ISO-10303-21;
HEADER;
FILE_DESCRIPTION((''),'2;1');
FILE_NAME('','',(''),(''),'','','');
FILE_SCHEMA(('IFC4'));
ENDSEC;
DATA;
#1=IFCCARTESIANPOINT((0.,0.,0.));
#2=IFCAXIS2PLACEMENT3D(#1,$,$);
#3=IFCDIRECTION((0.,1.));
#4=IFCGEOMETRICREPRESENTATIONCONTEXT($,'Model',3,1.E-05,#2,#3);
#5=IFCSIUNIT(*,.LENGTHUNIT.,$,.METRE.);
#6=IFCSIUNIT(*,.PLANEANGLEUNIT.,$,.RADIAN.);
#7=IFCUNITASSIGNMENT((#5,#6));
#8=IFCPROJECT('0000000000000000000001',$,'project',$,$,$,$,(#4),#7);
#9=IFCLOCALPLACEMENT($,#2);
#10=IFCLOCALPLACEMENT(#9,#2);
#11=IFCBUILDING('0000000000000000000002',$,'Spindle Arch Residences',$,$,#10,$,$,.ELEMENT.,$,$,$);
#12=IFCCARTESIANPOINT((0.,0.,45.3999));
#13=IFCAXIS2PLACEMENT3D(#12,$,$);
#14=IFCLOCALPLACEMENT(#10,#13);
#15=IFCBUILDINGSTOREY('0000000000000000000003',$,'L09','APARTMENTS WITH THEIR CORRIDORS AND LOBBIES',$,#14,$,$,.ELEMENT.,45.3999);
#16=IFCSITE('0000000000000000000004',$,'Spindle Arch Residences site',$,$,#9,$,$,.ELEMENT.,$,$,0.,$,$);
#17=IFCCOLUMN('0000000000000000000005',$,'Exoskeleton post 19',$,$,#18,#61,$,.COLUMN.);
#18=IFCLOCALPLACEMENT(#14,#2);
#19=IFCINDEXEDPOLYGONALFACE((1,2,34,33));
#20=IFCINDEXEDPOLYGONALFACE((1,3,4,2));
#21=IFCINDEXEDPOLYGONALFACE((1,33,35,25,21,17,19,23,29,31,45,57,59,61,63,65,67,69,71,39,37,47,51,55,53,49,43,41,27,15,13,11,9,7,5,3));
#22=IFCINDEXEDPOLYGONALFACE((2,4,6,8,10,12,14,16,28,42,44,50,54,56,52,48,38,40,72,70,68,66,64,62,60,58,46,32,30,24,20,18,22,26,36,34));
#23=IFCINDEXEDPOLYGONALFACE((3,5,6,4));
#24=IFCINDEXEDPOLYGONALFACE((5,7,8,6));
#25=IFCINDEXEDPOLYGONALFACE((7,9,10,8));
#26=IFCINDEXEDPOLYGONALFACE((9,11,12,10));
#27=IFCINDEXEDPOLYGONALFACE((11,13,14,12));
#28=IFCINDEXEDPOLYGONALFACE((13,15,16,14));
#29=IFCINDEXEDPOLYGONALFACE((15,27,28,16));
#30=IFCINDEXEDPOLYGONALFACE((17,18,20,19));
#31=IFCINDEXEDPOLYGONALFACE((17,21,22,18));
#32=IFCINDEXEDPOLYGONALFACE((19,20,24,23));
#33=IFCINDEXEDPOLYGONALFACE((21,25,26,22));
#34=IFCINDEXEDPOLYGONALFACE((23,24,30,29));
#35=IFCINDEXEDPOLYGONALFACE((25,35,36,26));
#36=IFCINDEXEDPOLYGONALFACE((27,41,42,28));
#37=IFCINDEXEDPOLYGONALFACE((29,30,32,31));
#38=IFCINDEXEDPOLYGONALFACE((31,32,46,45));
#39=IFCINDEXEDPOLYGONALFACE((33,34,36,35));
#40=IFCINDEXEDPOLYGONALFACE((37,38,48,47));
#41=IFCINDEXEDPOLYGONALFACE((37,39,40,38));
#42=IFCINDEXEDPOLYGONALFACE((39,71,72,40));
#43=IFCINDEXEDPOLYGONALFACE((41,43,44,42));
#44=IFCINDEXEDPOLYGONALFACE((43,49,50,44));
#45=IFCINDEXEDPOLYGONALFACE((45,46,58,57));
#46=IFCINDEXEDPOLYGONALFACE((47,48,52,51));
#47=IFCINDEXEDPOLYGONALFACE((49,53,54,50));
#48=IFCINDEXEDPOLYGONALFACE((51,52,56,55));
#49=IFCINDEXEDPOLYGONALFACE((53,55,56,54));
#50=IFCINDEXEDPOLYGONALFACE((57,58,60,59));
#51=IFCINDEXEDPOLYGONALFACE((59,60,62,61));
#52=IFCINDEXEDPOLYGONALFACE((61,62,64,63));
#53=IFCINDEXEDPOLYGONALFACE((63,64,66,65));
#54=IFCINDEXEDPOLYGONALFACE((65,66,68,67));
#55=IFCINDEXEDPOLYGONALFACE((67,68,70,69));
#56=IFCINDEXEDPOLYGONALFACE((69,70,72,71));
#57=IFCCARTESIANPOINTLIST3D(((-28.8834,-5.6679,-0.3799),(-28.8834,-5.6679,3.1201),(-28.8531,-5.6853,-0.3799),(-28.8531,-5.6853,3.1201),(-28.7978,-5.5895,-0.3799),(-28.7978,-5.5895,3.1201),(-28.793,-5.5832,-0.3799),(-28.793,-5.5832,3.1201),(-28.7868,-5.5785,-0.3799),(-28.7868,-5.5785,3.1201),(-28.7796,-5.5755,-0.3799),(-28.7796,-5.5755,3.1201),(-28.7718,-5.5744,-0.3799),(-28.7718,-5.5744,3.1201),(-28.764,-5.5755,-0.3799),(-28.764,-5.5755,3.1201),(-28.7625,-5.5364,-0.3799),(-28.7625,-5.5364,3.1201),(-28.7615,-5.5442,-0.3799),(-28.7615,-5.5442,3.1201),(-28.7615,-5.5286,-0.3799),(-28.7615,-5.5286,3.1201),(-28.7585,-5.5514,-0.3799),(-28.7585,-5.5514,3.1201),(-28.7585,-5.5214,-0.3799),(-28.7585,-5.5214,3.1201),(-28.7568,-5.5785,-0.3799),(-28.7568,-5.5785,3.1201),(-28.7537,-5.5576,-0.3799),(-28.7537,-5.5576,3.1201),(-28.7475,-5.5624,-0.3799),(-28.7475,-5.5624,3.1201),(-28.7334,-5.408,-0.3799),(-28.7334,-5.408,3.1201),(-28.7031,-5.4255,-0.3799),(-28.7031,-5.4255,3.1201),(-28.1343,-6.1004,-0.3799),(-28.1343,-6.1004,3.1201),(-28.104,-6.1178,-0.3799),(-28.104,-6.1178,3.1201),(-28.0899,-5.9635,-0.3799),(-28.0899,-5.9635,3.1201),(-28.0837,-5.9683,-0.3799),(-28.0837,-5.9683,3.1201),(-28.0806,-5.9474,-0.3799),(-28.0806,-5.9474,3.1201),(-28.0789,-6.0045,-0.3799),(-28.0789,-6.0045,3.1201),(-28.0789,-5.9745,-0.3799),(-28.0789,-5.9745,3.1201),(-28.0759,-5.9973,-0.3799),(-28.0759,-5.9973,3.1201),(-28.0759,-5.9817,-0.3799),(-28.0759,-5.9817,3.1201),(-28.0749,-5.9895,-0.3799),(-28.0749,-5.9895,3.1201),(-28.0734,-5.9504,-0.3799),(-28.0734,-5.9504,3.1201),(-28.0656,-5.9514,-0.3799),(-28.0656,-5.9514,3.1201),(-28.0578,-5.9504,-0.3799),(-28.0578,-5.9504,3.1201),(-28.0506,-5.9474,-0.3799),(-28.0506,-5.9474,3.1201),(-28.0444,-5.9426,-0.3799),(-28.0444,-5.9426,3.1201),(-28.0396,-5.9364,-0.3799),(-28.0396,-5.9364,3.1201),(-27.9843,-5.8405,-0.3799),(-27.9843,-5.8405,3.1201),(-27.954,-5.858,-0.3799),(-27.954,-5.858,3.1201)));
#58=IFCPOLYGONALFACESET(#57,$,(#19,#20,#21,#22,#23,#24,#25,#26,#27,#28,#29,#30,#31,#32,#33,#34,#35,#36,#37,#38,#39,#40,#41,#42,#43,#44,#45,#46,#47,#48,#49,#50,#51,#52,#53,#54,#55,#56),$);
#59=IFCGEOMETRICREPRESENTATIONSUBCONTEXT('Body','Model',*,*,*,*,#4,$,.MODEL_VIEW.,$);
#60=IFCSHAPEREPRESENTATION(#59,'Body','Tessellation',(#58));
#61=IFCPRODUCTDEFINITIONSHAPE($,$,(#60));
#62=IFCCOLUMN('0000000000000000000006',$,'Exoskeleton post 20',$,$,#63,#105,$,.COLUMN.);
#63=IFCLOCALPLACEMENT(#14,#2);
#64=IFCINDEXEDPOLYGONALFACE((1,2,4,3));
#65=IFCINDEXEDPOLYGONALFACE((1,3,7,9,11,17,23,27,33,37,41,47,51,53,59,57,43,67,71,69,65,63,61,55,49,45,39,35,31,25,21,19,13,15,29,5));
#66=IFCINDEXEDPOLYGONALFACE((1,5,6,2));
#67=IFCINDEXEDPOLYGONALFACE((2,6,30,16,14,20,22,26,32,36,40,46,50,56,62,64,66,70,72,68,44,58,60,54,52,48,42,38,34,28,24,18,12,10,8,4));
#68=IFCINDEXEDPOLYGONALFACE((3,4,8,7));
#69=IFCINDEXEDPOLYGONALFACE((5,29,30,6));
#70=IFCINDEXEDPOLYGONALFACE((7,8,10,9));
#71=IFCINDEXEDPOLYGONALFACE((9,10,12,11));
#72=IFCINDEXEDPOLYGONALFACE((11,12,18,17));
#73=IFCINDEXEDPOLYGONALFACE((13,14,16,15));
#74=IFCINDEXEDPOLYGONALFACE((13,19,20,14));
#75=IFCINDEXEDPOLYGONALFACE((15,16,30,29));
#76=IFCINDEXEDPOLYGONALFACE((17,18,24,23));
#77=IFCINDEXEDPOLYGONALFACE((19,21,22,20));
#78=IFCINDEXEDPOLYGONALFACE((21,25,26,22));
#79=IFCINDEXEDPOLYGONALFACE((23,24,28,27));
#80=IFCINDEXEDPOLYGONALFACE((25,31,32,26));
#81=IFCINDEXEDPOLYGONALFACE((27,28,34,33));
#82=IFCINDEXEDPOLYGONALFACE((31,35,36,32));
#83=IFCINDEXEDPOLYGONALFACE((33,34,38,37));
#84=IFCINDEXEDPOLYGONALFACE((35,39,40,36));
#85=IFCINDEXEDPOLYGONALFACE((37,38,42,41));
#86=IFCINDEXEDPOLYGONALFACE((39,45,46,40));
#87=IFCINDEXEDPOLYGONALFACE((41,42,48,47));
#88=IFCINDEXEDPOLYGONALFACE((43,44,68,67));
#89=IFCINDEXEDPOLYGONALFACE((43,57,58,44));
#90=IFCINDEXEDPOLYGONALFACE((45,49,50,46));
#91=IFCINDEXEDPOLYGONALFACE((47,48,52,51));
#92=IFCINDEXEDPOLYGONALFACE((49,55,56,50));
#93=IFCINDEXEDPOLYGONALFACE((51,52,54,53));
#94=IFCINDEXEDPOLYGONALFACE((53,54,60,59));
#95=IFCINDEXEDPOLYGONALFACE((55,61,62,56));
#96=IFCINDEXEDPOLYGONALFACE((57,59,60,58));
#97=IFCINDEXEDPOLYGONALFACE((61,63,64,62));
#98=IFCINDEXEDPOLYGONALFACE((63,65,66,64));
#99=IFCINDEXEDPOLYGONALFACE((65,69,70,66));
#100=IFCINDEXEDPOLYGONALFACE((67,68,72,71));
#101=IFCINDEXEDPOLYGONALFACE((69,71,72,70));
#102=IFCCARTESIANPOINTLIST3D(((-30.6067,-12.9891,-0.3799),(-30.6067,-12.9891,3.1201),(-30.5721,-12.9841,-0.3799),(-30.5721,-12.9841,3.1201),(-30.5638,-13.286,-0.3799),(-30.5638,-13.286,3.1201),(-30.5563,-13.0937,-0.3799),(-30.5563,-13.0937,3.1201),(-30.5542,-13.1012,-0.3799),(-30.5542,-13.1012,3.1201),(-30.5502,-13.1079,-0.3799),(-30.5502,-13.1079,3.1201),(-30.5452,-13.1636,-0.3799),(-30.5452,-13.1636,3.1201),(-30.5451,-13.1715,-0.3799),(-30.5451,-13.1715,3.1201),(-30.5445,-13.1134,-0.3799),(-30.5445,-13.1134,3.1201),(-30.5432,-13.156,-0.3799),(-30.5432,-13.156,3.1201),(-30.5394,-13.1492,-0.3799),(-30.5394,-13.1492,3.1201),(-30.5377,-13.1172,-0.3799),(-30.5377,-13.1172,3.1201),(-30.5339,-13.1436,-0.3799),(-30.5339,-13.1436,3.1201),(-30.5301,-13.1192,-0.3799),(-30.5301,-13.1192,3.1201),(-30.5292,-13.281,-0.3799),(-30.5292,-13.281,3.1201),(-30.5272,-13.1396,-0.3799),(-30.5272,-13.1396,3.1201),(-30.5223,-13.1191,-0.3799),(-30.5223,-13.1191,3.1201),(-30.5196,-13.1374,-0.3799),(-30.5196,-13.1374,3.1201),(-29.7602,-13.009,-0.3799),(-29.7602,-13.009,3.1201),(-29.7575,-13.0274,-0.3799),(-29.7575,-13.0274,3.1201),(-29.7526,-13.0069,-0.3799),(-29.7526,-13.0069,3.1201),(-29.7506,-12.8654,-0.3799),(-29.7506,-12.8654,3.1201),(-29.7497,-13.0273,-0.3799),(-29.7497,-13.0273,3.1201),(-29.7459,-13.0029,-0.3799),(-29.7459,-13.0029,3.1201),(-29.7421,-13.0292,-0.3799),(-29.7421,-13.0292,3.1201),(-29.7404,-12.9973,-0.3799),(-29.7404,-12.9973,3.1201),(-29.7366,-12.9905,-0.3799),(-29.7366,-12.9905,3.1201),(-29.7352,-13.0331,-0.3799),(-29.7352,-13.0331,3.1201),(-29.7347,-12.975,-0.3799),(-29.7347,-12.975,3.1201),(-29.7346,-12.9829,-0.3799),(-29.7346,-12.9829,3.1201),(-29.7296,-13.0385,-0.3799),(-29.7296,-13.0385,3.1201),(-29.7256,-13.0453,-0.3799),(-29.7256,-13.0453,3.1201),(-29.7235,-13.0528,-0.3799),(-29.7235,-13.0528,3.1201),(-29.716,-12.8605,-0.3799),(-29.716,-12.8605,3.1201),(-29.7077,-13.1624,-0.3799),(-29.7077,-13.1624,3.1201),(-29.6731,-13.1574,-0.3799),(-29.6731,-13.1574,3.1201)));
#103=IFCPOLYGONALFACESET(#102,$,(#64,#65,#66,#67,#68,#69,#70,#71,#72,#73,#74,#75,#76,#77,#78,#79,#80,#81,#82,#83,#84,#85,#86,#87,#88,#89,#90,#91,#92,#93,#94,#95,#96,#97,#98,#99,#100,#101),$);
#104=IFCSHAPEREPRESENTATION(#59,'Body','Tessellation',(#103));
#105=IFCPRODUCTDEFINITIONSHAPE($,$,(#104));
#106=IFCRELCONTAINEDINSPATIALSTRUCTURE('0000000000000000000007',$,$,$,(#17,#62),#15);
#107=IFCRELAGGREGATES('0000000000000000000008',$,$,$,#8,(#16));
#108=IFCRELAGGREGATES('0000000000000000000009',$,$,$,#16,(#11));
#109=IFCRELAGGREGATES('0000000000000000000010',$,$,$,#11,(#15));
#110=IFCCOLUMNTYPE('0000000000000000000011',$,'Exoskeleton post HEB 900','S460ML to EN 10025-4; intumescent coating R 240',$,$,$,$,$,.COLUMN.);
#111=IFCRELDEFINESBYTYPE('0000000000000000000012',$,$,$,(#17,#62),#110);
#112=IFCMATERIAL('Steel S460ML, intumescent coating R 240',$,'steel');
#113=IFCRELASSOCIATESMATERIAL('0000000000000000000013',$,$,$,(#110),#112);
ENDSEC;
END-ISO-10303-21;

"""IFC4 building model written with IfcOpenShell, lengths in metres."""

from ifc_helpers import new_model, si_unit, direction, frame, origin, origin_2d, place, context, subcontext, project, spatial, i_section, extrude, material, material_profile, profile_set, type_object, element, save


model = new_model("IFC4")

# Units and contexts
model_context = context("Model", 3, precision=1e-05, world=origin(), true_north=direction((0.0, 1.0)))
body_context = subcontext(model_context, "Body", "Model", "MODEL_VIEW")
ifc_project = project(units=[si_unit("LENGTHUNIT", "METRE"), si_unit("PLANEANGLEUNIT", "RADIAN")], contexts=[model_context])

# Site, building, storey
site_placement = place(None, origin())
site = spatial("IfcSite", under=ifc_project, at=site_placement, Name="Spindle Arch Residences site", CompositionType="ELEMENT", RefElevation=0.0)
building_placement = place(site_placement, origin())
building = spatial("IfcBuilding", under=site, at=building_placement, Name="Spindle Arch Residences", CompositionType="ELEMENT")
storey_placement = place(building_placement, frame((0.0, 0.0, 45.3999)))
storey = spatial("IfcBuildingStorey", under=building, at=storey_placement, Name="L09", Description="APARTMENTS WITH THEIR CORRIDORS AND LOBBIES", CompositionType="ELEMENT", Elevation=45.3999)

# Columns
ifc_material_1 = material(Name="Steel S460ML, intumescent coating R 240", Category="steel")
ifc_material_profile_1 = material_profile(ifc_material_1, i_section(OverallWidth=0.3, OverallDepth=0.8999, WebThickness=0.0186, FlangeThickness=0.0349, FilletRadius=0.03, at=origin_2d()), Name="HEB 900")
ifc_profile_set_1 = profile_set([ifc_material_profile_1], Name="Steel S460ML, intumescent coating R 240")
column_type_1 = type_object("IfcColumnType", Name="Exoskeleton post HEB 900", Description="S460ML to EN 10025-4; intumescent coating R 240", PredefinedType="COLUMN", material=ifc_profile_set_1)
for number, where, z_axis, x_axis, name in (
    (1, (-28.4187, -5.7629, -0.3799), (0.0, 0.0, 1.0), (0.5, 0.866025, 0.0), "Exoskeleton post 19"),
    (2, (-30.1399, -13.0732, -0.3799), (0.0, 0.0, 1.0), (-0.142906, 0.989736, 0.0), "Exoskeleton post 20"),
):
    element("IfcColumn", number, at=place(storey_placement, frame(where, z_axis=z_axis, x_axis=x_axis)), inside=storey, type_object=column_type_1, Name=name, PredefinedType="COLUMN", context=body_context, shape_type="SweptSolid", body=[
        extrude(i_section(OverallWidth=0.3, OverallDepth=0.8999, WebThickness=0.0186, FlangeThickness=0.0349, FilletRadius=0.03, at=origin_2d()), origin(), (0.0, 0.0, 1.0), 3.5),
    ])

save(model, "model.ifc")
